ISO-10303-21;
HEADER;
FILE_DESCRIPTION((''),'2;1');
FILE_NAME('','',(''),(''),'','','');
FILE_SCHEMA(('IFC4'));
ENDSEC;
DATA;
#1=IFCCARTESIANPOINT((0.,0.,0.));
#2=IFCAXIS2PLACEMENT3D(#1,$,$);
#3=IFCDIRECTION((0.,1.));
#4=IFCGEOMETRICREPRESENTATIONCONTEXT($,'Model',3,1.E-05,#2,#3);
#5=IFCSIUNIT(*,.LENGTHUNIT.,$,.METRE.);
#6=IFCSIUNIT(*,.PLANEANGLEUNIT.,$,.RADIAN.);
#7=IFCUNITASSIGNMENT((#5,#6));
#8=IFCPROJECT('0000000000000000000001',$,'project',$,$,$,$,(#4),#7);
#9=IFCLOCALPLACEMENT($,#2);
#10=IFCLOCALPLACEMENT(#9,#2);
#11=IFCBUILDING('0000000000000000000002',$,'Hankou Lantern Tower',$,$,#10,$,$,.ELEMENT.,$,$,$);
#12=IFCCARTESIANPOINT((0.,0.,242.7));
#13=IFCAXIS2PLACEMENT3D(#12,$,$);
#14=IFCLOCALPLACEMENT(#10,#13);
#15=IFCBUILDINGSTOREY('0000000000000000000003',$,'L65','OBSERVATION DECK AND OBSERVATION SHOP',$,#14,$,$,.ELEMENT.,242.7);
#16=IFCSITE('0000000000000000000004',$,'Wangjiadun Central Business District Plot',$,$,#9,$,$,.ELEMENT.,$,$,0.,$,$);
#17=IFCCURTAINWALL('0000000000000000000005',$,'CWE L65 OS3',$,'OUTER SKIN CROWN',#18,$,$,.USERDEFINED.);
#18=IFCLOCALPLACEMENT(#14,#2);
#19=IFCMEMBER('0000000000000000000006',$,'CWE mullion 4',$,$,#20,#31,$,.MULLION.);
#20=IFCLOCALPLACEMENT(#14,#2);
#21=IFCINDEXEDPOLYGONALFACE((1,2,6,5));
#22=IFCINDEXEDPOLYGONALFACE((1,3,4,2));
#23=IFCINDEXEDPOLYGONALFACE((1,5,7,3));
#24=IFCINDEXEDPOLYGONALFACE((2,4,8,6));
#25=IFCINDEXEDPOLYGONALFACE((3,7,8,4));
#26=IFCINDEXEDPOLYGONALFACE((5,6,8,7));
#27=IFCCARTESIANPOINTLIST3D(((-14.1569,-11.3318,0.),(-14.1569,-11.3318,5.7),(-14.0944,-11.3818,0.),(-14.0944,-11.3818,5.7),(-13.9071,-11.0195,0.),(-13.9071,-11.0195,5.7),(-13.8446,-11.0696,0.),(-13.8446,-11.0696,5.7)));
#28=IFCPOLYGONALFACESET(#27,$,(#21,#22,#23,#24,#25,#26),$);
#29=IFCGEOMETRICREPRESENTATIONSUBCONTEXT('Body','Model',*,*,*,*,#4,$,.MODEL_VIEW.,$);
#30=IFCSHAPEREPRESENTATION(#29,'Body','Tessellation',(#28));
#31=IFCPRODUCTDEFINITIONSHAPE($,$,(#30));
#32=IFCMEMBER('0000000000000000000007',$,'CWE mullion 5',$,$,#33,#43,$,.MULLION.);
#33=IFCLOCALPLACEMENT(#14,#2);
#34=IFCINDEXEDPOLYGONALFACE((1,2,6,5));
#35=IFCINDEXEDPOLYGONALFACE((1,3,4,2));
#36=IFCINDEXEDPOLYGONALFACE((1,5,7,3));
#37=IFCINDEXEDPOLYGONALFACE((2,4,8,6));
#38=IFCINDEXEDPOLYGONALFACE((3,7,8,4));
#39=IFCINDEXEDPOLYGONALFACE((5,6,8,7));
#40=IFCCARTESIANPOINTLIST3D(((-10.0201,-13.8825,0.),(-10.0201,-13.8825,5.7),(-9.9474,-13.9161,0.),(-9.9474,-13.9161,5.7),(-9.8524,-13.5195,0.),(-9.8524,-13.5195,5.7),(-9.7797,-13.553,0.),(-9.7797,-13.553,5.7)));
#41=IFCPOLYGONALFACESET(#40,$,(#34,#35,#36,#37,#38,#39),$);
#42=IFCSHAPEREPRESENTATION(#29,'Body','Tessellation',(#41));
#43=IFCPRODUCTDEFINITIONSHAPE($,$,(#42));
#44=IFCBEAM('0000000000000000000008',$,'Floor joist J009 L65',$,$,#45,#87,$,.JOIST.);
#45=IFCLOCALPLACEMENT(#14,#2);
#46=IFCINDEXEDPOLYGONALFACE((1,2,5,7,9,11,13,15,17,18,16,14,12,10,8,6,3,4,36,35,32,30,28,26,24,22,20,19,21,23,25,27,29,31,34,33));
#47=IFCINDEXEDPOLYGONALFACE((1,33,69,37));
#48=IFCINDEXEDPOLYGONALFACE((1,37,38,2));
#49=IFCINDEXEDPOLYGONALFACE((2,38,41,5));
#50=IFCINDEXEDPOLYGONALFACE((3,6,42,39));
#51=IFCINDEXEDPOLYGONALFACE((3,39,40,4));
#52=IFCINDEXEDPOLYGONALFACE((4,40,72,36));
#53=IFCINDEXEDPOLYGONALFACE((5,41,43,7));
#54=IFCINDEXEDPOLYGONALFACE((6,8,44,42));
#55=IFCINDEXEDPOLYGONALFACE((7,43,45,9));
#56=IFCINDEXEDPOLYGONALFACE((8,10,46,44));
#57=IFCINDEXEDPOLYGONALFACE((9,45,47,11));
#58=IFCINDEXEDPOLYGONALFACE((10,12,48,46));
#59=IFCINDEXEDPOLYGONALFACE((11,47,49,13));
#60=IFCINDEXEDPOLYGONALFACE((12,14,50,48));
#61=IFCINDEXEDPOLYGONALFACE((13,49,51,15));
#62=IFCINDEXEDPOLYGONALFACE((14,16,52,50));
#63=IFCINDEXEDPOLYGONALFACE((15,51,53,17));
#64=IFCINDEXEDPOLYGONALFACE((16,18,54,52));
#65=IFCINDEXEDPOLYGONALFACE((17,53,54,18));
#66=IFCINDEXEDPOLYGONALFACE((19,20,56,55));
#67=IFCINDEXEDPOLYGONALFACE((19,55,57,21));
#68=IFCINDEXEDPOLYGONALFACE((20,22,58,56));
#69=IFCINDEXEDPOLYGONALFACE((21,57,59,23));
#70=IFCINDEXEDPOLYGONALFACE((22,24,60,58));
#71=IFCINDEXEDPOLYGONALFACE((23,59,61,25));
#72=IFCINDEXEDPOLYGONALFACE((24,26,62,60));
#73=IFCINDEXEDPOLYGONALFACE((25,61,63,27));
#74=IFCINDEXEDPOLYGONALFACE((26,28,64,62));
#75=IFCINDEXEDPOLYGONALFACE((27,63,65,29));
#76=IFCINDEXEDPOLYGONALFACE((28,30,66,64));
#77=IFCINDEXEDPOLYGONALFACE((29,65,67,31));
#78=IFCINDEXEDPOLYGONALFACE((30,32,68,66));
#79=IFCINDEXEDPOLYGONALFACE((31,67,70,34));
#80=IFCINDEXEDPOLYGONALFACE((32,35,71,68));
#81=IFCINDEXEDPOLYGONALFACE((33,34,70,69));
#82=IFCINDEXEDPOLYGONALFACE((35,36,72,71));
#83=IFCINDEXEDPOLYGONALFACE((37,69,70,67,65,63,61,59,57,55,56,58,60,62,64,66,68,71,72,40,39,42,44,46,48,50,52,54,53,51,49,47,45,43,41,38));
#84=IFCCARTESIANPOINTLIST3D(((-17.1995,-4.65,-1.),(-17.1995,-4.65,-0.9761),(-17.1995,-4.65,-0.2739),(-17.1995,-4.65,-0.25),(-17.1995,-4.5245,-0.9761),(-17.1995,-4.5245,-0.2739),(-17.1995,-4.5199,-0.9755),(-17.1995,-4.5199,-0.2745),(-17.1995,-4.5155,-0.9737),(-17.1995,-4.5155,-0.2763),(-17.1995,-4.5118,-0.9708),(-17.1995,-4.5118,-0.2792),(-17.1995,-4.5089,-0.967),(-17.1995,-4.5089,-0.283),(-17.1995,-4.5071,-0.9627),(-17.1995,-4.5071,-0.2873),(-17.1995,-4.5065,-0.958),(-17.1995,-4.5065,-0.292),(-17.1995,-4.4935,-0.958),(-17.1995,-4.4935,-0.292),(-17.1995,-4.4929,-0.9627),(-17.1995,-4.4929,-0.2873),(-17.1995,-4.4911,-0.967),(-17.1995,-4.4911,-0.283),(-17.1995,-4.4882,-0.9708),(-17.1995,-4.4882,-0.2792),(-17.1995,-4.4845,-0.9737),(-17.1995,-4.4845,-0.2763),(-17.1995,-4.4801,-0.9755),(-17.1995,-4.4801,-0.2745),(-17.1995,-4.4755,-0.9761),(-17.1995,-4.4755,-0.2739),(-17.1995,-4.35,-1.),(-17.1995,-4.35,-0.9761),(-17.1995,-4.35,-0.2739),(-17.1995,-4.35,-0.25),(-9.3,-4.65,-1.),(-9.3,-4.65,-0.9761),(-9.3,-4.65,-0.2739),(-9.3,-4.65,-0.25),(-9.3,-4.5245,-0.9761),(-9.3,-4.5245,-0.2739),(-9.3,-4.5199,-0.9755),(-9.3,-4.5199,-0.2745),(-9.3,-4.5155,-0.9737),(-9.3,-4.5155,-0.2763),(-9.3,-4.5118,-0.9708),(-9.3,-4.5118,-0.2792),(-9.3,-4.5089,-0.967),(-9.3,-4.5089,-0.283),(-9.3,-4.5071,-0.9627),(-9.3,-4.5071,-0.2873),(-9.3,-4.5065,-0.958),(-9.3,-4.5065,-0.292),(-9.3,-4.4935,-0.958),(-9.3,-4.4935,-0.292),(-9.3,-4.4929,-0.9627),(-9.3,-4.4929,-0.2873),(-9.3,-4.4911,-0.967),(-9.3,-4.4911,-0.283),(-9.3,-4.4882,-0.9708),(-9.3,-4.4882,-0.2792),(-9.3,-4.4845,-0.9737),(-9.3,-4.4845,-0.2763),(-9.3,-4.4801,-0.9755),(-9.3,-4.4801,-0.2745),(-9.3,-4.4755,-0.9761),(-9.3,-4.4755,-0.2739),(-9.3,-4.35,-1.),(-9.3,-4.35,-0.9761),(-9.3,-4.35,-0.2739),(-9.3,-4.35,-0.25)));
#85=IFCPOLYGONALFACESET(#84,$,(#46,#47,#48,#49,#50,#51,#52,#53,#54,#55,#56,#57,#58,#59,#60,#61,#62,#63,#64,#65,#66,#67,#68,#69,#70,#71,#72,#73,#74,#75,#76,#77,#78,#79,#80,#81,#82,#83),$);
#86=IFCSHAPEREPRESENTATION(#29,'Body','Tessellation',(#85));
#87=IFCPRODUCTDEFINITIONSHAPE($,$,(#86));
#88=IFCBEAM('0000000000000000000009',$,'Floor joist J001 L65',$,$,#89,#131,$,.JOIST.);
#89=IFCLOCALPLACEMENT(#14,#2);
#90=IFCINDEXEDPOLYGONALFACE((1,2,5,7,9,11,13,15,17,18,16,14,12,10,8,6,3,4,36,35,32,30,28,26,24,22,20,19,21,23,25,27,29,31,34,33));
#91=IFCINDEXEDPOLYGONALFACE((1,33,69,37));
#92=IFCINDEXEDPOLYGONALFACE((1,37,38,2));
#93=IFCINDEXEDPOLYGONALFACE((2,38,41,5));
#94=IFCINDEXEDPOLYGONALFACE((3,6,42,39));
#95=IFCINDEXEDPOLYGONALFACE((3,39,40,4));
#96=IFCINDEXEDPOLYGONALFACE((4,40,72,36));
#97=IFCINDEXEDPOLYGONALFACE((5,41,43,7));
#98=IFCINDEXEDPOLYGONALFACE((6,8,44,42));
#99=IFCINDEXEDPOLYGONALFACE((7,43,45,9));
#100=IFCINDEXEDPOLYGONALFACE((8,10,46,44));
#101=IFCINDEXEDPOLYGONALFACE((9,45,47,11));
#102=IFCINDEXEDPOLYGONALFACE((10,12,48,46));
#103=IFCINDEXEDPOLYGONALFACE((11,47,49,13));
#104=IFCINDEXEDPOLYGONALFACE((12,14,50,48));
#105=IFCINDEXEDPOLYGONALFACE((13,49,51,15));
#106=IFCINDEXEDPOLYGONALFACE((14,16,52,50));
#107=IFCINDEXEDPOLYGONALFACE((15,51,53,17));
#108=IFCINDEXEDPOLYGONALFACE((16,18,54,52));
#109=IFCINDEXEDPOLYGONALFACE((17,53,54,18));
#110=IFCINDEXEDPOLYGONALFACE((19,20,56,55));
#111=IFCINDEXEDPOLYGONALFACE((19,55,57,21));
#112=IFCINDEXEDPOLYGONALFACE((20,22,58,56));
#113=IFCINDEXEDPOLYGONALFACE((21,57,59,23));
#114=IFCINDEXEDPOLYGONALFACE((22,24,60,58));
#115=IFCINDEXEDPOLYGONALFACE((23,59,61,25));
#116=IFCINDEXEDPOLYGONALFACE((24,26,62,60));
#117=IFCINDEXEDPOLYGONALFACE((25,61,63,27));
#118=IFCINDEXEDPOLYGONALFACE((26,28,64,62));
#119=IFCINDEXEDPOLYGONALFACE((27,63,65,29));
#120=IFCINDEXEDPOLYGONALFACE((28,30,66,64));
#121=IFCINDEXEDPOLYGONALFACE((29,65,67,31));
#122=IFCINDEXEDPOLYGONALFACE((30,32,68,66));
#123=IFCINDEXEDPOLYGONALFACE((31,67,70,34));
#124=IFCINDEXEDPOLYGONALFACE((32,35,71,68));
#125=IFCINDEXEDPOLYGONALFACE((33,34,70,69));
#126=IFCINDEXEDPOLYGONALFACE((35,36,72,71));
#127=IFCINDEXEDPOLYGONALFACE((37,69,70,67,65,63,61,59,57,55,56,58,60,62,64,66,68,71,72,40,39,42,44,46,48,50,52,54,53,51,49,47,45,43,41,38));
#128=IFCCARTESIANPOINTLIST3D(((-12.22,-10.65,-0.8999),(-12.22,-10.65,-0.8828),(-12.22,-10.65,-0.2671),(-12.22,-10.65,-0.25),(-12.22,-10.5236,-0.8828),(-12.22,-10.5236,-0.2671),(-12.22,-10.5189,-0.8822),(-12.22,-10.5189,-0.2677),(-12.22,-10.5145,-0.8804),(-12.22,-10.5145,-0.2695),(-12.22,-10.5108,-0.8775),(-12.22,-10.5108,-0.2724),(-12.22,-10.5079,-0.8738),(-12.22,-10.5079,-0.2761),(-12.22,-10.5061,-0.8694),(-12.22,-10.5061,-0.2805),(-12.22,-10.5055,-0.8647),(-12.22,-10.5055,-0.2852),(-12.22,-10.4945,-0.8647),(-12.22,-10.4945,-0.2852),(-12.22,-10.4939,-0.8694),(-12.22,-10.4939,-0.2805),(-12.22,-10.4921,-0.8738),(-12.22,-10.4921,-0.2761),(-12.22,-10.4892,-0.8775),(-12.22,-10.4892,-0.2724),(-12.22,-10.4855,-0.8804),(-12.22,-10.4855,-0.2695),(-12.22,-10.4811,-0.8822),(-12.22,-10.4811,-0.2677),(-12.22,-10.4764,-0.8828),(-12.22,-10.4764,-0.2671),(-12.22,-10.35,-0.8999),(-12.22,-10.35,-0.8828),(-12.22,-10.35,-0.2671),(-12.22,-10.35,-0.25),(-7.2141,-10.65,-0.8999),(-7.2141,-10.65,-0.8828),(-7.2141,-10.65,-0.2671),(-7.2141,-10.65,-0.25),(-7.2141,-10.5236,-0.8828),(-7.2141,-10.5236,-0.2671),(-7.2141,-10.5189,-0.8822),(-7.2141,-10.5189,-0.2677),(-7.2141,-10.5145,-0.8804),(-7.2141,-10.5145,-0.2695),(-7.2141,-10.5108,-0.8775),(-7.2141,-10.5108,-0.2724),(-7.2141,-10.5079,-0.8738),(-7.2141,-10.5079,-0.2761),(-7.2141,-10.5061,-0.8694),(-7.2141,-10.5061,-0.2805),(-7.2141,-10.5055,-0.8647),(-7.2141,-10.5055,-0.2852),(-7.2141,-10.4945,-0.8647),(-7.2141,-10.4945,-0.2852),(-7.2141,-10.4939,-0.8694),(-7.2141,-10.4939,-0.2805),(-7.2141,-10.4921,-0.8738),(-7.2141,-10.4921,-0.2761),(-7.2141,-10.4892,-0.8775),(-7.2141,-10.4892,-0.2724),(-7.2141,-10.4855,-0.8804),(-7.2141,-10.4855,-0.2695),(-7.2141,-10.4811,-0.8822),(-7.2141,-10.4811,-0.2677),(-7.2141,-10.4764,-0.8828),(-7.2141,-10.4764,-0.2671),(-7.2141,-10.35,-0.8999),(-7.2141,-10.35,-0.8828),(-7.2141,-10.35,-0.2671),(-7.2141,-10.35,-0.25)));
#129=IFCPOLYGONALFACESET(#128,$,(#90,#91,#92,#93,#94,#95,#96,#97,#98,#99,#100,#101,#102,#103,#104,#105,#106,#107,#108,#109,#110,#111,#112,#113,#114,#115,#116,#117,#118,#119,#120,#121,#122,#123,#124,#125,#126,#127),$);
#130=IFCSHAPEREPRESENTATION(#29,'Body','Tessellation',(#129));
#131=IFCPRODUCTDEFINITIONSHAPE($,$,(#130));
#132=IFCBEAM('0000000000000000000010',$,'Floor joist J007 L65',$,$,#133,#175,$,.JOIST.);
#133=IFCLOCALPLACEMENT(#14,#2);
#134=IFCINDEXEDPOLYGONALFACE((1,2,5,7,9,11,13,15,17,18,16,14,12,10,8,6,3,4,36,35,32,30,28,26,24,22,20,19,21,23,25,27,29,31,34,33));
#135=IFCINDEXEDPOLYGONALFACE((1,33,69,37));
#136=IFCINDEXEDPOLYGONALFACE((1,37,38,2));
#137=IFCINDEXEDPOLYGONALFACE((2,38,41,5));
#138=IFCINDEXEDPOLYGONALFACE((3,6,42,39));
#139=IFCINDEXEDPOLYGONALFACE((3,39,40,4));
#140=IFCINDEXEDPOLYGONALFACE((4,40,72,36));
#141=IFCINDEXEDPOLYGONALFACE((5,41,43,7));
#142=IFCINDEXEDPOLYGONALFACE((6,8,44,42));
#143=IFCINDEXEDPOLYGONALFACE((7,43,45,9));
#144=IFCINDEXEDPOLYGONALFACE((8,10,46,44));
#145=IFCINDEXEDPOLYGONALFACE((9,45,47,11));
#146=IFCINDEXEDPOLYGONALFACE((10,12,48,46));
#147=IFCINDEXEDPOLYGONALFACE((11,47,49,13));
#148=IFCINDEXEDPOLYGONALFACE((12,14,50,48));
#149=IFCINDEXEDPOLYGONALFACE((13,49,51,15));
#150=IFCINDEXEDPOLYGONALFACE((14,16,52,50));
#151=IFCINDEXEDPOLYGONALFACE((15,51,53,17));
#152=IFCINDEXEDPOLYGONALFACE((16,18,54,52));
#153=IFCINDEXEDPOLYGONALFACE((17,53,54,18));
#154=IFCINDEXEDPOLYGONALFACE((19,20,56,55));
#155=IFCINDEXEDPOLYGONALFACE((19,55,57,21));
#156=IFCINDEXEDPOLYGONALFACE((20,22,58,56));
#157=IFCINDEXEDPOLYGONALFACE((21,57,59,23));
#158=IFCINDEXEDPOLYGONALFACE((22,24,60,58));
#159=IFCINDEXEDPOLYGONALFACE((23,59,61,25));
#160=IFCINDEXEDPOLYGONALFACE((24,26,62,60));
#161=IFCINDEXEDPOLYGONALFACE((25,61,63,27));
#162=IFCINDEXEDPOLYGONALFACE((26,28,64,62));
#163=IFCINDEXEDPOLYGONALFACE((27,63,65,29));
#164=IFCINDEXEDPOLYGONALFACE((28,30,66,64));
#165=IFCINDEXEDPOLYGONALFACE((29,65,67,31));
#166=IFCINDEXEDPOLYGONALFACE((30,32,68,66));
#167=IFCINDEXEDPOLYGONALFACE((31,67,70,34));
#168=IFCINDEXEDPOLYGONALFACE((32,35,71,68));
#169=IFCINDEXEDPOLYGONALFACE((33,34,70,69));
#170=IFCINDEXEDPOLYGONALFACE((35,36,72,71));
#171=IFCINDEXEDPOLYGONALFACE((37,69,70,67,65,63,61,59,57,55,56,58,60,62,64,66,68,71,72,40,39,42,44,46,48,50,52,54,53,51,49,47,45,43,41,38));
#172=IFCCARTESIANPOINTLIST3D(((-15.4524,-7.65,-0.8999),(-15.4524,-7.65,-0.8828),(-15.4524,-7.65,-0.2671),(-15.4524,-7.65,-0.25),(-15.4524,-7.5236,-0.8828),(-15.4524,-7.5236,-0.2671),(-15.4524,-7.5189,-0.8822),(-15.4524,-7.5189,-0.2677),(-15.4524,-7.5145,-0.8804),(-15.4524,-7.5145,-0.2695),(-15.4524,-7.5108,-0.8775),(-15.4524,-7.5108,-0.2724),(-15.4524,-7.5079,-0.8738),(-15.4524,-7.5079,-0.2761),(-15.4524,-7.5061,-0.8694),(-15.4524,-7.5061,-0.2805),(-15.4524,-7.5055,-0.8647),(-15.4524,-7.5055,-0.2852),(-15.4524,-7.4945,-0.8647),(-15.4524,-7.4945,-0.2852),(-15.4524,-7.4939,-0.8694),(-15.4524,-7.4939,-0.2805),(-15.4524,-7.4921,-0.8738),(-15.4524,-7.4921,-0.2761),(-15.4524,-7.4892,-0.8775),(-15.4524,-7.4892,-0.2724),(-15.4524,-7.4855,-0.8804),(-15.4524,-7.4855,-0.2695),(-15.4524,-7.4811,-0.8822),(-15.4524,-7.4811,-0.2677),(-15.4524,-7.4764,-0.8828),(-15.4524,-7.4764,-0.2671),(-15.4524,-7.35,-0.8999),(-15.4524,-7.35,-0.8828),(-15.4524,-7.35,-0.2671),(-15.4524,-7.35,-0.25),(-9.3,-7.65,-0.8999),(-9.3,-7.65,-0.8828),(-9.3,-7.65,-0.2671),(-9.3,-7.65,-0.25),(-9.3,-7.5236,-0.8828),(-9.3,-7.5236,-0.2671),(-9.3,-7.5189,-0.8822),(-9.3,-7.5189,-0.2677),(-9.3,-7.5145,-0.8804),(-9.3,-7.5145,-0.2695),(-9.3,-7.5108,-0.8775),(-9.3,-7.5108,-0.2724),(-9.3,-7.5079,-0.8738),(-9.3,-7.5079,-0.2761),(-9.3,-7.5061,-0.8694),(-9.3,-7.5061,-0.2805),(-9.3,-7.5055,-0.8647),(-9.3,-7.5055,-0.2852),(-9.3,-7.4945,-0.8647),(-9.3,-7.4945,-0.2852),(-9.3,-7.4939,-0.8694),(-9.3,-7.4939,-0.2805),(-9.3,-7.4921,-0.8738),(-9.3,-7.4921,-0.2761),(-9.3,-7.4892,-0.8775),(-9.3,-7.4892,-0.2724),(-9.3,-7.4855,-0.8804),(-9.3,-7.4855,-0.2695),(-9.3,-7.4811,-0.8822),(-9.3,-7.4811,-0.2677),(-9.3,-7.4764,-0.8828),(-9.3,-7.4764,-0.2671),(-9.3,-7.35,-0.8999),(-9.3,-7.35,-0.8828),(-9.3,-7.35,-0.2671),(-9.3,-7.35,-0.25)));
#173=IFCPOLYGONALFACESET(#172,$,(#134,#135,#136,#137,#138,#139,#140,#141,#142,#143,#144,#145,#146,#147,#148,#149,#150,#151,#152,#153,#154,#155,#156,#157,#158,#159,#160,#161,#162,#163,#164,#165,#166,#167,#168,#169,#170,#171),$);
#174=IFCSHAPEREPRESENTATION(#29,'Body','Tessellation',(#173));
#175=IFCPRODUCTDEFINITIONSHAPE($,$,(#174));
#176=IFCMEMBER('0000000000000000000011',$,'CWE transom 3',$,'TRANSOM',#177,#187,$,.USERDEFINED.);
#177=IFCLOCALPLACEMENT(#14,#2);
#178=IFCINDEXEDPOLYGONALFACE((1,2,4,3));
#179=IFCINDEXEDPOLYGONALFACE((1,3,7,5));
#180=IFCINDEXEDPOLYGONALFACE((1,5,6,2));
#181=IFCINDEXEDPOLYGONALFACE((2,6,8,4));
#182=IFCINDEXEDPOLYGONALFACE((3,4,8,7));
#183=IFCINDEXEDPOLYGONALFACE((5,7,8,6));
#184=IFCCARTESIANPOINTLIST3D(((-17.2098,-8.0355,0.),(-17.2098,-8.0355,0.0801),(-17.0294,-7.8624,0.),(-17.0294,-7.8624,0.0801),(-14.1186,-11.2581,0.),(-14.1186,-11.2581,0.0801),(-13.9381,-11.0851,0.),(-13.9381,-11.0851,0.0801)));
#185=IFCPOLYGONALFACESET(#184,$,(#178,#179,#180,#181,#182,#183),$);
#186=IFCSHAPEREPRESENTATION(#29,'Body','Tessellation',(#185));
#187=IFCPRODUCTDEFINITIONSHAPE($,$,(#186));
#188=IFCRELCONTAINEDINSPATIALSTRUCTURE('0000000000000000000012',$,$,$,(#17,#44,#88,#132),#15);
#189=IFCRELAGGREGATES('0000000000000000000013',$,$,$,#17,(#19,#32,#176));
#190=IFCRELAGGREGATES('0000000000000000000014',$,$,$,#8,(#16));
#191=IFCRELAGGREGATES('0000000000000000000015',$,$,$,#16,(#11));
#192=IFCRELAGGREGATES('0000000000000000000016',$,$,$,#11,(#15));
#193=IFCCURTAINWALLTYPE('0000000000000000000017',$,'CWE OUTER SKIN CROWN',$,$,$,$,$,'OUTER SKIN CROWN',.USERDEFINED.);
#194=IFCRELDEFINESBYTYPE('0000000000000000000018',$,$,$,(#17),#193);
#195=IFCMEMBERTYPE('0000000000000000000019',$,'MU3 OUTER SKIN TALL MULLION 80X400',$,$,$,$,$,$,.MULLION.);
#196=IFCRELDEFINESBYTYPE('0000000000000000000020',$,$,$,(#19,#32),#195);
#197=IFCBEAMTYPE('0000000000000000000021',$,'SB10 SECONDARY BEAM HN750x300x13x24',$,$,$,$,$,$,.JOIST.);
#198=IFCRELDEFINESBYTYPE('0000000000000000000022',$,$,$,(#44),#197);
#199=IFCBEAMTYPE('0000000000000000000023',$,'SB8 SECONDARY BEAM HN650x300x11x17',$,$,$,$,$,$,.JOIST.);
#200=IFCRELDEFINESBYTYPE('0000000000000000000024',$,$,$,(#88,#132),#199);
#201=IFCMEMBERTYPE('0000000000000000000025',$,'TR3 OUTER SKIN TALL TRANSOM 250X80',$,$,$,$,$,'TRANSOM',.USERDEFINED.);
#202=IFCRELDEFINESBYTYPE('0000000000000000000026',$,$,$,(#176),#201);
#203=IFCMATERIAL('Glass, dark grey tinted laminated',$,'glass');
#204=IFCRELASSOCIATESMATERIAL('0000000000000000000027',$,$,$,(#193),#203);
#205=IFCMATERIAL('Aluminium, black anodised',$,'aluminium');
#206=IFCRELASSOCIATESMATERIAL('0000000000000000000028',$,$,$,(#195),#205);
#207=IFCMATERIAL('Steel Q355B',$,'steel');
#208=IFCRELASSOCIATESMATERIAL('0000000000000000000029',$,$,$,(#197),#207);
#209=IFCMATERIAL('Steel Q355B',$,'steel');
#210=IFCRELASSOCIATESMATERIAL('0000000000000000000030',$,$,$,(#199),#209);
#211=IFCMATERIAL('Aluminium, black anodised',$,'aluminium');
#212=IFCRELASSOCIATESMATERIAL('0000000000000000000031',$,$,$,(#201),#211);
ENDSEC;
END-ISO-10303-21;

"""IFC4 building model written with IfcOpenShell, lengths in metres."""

from ifc_helpers import new_model, si_unit, direction, frame, origin, origin_2d, place, context, subcontext, project, spatial, rectangle, i_section, extrude, material, material_profile, profile_set, type_object, element, aggregate, save


model = new_model("IFC4")

# Units and contexts
model_context = context("Model", 3, precision=1e-05, world=origin(), true_north=direction((0.0, 1.0)))
body_context = subcontext(model_context, "Body", "Model", "MODEL_VIEW")
ifc_project = project(units=[si_unit("LENGTHUNIT", "METRE"), si_unit("PLANEANGLEUNIT", "RADIAN")], contexts=[model_context])

# Site, building, storey
site_placement = place(None, origin())
site = spatial("IfcSite", under=ifc_project, at=site_placement, Name="Wangjiadun Central Business District Plot", CompositionType="ELEMENT", RefElevation=0.0)
building_placement = place(site_placement, origin())
building = spatial("IfcBuilding", under=site, at=building_placement, Name="Hankou Lantern Tower", CompositionType="ELEMENT")
storey_placement = place(building_placement, frame((0.0, 0.0, 242.7)))
storey = spatial("IfcBuildingStorey", under=building, at=storey_placement, Name="L65", Description="OBSERVATION DECK AND OBSERVATION SHOP", CompositionType="ELEMENT", Elevation=242.7)

# Curtain wall, members
ifc_material_1 = material(Name="Glass, dark grey tinted laminated", Category="glass")
curtain_wall_type = type_object("IfcCurtainWallType", Name="CWE OUTER SKIN CROWN", ElementType="OUTER SKIN CROWN", PredefinedType="USERDEFINED", material=ifc_material_1)
curtain_wall_placement = place(storey_placement, origin())
curtain_wall = element("IfcCurtainWall", 1, at=curtain_wall_placement, inside=storey, type_object=curtain_wall_type, Name="CWE L65 OS3", ObjectType="OUTER SKIN CROWN", PredefinedType="USERDEFINED")
ifc_material_2 = material(Name="Aluminium, black anodised", Category="aluminium")
ifc_material_profile_1 = material_profile(ifc_material_2, rectangle(XDim=0.0801, YDim=0.3999, at=origin_2d()), Name="MU3 80X400")
ifc_profile_set_1 = profile_set([ifc_material_profile_1], Name="Aluminium, black anodised")
member_type_1 = type_object("IfcMemberType", Name="MU3 OUTER SKIN TALL MULLION 80X400", PredefinedType="MULLION", material=ifc_profile_set_1)
member_1_placement = place(storey_placement, frame((-14.0007, -11.2007, 0.0), z_axis=(0.0, 0.0, 1.0), x_axis=(0.780869, -0.624695, 0.0)))
member_1 = element("IfcMember", 2, at=member_1_placement, type_object=member_type_1, Name="CWE mullion 4", PredefinedType="MULLION", context=body_context, shape_type="SweptSolid", body=[
    extrude(rectangle(XDim=0.0801, YDim=0.3999, at=origin_2d()), origin(), (0.0, 0.0, 1.0), 5.7),
])
member_2_placement = place(storey_placement, frame((-9.8999, -13.7178, 0.0), z_axis=(0.0, 0.0, 1.0), x_axis=(0.907841, -0.419314, 0.0)))
member_2 = element("IfcMember", 3, at=member_2_placement, type_object=member_type_1, Name="CWE mullion 5", PredefinedType="MULLION", context=body_context, shape_type="SweptSolid", body=[
    extrude(rectangle(XDim=0.0801, YDim=0.3999, at=origin_2d()), origin(), (0.0, 0.0, 1.0), 5.7),
])

# Beams
ifc_material_3 = material(Name="Steel Q355B", Category="steel")
ifc_material_profile_2 = material_profile(ifc_material_3, i_section(OverallWidth=0.3, OverallDepth=0.75, WebThickness=0.0129, FlangeThickness=0.0239, FilletRadius=0.0181, at=origin_2d()), Name="HN750x300x13x24")
ifc_profile_set_2 = profile_set([ifc_material_profile_2], Name="Steel Q355B")
beam_type_1 = type_object("IfcBeamType", Name="SB10 SECONDARY BEAM HN750x300x13x24", PredefinedType="JOIST", material=ifc_profile_set_2)
beam_1_placement = place(storey_placement, frame((-17.1995, -4.5, -0.625), z_axis=(1.0, 0.0, 0.0), x_axis=(0.0, 1.0, 0.0)))
element("IfcBeam", 4, at=beam_1_placement, inside=storey, type_object=beam_type_1, Name="Floor joist J009 L65", PredefinedType="JOIST", context=body_context, shape_type="SweptSolid", body=[
    extrude(i_section(OverallWidth=0.3, OverallDepth=0.75, WebThickness=0.0129, FlangeThickness=0.0239, FilletRadius=0.0181, at=origin_2d()), origin(), (0.0, 0.0, 1.0), 7.8994),
])
ifc_material_4 = material(Name="Steel Q355B", Category="steel")
ifc_material_profile_3 = material_profile(ifc_material_4, i_section(OverallWidth=0.3, OverallDepth=0.6499, WebThickness=0.011, FlangeThickness=0.0171, FilletRadius=0.0181, at=origin_2d()), Name="HN650x300x11x17")
ifc_profile_set_3 = profile_set([ifc_material_profile_3], Name="Steel Q355B")
beam_type_2 = type_object("IfcBeamType", Name="SB8 SECONDARY BEAM HN650x300x11x17", PredefinedType="JOIST", material=ifc_profile_set_3)
beam_2_placement = place(storey_placement, frame((-12.22, -10.5, -0.575), z_axis=(1.0, 0.0, 0.0), x_axis=(0.0, 1.0, 0.0)))
element("IfcBeam", 5, at=beam_2_placement, inside=storey, type_object=beam_type_2, Name="Floor joist J001 L65", PredefinedType="JOIST", context=body_context, shape_type="SweptSolid", body=[
    extrude(i_section(OverallWidth=0.3, OverallDepth=0.6499, WebThickness=0.011, FlangeThickness=0.0171, FilletRadius=0.0181, at=origin_2d()), origin(), (0.0, 0.0, 1.0), 5.0059),
])
beam_3_placement = place(storey_placement, frame((-15.4524, -7.5, -0.575), z_axis=(1.0, 0.0, 0.0), x_axis=(0.0, 1.0, 0.0)))
element("IfcBeam", 6, at=beam_3_placement, inside=storey, type_object=beam_type_2, Name="Floor joist J007 L65", PredefinedType="JOIST", context=body_context, shape_type="SweptSolid", body=[
    extrude(i_section(OverallWidth=0.3, OverallDepth=0.6499, WebThickness=0.011, FlangeThickness=0.0171, FilletRadius=0.0181, at=origin_2d()), origin(), (0.0, 0.0, 1.0), 6.1523),
])

# Member
ifc_material_5 = material(Name="Aluminium, black anodised", Category="aluminium")
ifc_material_profile_4 = material_profile(ifc_material_5, rectangle(XDim=0.25, YDim=0.0801, at=origin_2d()), Name="TR3 250X80")
ifc_profile_set_4 = profile_set([ifc_material_profile_4], Name="Aluminium, black anodised")
member_type_2 = type_object("IfcMemberType", Name="TR3 OUTER SKIN TALL TRANSOM 250X80", ElementType="TRANSOM", PredefinedType="USERDEFINED", material=ifc_profile_set_4)
member_3_placement = place(storey_placement, frame((-17.1196, -7.949, 0.04), z_axis=(0.692247, -0.72166, 0.0), x_axis=(0.72166, 0.692247, 0.0)))
member_3 = element("IfcMember", 7, at=member_3_placement, type_object=member_type_2, Name="CWE transom 3", ObjectType="TRANSOM", PredefinedType="USERDEFINED", context=body_context, shape_type="SweptSolid", body=[
    extrude(rectangle(XDim=0.25, YDim=0.0801, at=origin_2d()), origin(), (0.0, 0.0, 1.0), 4.4656),
])

aggregate(curtain_wall, [member_1, member_2, member_3])

save(model, "model.ifc")
